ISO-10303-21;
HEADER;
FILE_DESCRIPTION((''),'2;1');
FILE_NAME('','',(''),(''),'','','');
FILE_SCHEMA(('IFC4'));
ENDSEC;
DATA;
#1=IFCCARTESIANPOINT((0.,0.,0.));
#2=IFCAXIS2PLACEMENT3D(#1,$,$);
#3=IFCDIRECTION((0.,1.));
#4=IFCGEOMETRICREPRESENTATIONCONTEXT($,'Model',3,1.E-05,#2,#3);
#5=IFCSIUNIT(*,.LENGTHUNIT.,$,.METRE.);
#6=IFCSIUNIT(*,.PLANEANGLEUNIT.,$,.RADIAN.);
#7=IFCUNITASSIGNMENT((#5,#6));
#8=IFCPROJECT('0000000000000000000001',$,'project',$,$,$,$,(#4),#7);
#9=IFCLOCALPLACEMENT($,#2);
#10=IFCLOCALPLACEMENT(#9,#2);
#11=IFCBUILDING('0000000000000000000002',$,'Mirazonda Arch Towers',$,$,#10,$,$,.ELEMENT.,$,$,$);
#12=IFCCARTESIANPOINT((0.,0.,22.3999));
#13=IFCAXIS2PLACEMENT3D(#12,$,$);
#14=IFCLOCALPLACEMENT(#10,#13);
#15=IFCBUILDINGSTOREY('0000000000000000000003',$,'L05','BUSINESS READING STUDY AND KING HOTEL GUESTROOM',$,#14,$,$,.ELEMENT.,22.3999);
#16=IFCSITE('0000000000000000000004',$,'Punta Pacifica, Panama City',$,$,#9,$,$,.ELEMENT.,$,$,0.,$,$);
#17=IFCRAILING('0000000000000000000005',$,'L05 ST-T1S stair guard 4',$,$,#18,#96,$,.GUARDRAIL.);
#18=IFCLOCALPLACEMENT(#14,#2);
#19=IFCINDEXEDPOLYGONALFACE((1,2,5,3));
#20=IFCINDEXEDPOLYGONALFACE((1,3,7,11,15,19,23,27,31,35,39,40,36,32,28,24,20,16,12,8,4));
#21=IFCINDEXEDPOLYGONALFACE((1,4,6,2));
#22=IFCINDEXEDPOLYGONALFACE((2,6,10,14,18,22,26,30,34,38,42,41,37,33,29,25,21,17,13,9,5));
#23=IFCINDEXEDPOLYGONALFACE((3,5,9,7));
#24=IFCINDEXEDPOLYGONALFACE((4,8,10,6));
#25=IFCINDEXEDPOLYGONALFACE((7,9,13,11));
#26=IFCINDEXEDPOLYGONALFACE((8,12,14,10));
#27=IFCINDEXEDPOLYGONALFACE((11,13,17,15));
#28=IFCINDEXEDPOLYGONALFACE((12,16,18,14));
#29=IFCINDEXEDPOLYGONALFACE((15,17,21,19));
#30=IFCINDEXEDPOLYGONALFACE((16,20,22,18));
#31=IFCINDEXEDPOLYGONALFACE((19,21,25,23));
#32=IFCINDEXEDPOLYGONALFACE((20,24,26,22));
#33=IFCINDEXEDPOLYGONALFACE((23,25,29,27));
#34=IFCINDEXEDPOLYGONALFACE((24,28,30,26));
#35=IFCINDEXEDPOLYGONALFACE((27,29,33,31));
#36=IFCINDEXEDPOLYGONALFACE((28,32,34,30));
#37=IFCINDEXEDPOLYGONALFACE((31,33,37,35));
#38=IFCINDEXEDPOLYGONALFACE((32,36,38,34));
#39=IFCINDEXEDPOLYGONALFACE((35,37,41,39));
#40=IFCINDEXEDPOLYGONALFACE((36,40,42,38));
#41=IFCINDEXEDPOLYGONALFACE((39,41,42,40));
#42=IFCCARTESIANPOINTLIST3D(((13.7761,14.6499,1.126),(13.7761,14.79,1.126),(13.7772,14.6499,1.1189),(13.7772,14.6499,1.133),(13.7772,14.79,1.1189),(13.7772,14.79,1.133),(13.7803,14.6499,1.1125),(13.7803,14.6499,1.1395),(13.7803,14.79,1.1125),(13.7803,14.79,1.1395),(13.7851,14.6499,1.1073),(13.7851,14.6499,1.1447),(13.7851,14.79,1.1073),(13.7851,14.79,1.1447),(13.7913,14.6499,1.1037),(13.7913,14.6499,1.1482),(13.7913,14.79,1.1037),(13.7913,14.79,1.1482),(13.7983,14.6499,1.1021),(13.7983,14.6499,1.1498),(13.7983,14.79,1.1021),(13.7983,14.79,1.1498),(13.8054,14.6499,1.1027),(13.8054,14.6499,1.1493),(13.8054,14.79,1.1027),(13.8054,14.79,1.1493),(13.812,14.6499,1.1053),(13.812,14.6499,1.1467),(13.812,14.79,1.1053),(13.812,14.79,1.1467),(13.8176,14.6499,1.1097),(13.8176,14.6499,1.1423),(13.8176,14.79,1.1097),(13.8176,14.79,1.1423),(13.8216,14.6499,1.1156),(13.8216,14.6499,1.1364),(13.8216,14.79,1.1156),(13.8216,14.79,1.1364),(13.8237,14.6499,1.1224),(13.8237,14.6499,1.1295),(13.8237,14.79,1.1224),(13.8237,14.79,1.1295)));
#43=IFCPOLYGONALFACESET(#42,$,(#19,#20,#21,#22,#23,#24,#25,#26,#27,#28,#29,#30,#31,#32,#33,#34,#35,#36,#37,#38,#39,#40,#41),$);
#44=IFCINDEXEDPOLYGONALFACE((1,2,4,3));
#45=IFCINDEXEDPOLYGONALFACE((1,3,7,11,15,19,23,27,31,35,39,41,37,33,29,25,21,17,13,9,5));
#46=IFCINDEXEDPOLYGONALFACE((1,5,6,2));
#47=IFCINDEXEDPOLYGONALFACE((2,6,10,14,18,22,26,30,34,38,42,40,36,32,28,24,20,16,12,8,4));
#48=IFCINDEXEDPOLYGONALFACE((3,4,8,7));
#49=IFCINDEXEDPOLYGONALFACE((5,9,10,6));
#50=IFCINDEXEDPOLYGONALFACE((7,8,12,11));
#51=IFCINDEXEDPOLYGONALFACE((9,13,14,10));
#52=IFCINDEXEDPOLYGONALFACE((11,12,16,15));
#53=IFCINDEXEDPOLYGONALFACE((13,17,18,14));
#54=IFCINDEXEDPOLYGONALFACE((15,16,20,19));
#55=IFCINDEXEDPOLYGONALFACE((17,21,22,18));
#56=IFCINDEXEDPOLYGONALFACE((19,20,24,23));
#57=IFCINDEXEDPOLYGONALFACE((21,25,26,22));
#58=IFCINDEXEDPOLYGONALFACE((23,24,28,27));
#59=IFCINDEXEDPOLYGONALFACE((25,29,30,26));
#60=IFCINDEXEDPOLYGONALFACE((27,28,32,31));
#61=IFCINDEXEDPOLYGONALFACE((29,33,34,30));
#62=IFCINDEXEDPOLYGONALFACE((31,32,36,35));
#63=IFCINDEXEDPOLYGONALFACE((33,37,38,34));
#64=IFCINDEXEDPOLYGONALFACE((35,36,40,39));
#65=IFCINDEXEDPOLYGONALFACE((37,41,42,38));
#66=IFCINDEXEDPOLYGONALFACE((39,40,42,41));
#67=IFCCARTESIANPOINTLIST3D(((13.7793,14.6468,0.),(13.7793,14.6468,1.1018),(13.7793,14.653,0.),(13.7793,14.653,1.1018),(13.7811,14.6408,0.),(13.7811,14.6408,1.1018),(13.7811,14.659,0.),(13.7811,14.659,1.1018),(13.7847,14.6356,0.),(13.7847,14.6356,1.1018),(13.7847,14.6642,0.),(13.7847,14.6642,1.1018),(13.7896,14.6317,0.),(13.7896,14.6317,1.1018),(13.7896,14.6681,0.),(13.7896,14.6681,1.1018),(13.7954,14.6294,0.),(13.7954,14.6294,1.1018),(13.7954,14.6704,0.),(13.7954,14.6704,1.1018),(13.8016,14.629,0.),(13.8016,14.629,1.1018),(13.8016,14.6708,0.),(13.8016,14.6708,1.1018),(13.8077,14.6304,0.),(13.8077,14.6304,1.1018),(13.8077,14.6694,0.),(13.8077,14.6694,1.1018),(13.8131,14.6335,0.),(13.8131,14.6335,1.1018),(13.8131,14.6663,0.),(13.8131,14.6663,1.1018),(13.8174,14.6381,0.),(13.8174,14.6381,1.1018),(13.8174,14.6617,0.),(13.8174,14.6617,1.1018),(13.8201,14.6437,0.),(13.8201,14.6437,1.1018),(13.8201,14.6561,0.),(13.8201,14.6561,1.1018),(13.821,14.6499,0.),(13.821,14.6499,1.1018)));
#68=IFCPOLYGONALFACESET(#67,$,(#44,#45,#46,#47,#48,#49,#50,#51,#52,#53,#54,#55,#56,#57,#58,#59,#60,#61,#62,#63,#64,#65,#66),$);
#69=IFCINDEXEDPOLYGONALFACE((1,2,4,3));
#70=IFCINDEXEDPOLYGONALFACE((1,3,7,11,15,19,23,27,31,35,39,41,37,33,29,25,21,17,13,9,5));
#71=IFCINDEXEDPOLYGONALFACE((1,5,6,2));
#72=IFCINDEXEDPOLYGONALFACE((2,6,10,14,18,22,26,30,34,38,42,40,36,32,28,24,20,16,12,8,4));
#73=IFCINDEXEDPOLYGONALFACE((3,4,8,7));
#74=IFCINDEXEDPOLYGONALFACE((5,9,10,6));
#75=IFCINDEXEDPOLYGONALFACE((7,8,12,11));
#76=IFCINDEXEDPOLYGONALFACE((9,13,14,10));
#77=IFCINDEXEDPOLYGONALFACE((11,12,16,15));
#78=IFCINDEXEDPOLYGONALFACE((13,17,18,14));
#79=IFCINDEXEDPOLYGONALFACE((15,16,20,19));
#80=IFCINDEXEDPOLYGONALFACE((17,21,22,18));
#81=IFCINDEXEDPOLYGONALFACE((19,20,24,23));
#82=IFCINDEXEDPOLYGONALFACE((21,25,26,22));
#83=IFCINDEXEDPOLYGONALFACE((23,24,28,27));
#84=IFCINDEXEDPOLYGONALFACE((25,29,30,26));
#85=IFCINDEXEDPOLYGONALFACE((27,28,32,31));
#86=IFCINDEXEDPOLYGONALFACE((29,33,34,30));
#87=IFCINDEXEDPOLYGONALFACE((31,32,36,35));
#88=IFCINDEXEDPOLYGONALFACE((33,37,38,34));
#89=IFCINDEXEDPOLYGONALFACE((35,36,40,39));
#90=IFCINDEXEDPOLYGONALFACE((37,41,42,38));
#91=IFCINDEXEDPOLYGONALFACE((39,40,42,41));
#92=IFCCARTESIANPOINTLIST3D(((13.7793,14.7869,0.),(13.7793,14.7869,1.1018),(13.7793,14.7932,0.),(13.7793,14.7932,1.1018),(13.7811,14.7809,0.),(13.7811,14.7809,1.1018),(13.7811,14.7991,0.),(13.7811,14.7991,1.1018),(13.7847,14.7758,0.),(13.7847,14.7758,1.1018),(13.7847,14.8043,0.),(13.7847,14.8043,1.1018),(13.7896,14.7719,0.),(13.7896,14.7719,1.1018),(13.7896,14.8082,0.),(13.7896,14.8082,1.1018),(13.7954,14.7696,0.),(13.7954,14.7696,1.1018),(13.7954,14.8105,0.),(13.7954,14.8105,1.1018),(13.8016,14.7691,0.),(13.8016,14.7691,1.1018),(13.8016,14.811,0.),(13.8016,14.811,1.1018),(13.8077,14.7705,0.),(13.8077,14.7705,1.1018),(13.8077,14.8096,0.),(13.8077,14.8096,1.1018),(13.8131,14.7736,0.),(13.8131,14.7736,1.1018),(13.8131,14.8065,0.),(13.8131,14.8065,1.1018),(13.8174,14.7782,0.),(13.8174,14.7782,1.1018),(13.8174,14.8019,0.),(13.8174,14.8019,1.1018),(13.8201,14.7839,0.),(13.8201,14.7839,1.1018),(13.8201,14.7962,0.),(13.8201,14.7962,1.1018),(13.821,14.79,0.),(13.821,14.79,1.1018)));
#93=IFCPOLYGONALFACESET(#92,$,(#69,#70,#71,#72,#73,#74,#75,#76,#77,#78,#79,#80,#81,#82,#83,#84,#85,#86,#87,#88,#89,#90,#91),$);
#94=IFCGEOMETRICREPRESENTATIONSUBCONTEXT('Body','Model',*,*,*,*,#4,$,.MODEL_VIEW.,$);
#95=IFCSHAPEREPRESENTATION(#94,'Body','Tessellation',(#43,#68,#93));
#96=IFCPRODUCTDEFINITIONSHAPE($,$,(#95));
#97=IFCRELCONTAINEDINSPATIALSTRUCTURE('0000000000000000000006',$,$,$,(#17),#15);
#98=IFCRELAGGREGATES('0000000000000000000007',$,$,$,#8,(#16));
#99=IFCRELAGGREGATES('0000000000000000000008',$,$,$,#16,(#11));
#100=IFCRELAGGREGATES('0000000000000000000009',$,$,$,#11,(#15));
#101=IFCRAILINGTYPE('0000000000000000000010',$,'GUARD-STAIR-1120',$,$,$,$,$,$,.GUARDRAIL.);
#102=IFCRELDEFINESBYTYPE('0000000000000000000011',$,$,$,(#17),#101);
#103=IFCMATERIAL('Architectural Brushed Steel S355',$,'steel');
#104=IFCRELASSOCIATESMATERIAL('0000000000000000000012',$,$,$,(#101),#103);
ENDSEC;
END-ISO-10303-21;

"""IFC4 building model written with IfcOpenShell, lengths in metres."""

from ifc_helpers import new_model, si_unit, direction, frame, origin, origin_2d, place, context, subcontext, project, spatial, circle, extrude, material, type_object, element, save


model = new_model("IFC4")

# Units and contexts
model_context = context("Model", 3, precision=1e-05, world=origin(), true_north=direction((0.0, 1.0)))
body_context = subcontext(model_context, "Body", "Model", "MODEL_VIEW")
ifc_project = project(units=[si_unit("LENGTHUNIT", "METRE"), si_unit("PLANEANGLEUNIT", "RADIAN")], contexts=[model_context])

# Site, building, storey
site_placement = place(None, origin())
site = spatial("IfcSite", under=ifc_project, at=site_placement, Name="Punta Pacifica, Panama City", CompositionType="ELEMENT", RefElevation=0.0)
building_placement = place(site_placement, origin())
building = spatial("IfcBuilding", under=site, at=building_placement, Name="Mirazonda Arch Towers", CompositionType="ELEMENT")
storey_placement = place(building_placement, frame((0.0, 0.0, 22.3999)))
storey = spatial("IfcBuildingStorey", under=building, at=storey_placement, Name="L05", Description="BUSINESS READING STUDY AND KING HOTEL GUESTROOM", CompositionType="ELEMENT", Elevation=22.3999)

# Shared definitions
ifc_material_1 = material(Name="Architectural Brushed Steel S355", Category="steel")

# Railing
railing_type_1 = type_object("IfcRailingType", Name="GUARD-STAIR-1120", PredefinedType="GUARDRAIL", material=ifc_material_1)
railing_1_placement = place(storey_placement, frame((13.8, 14.6499, 0.0)))
element("IfcRailing", 1, at=railing_1_placement, inside=storey, type_object=railing_type_1, Name="L05 ST-T1S stair guard 4", PredefinedType="GUARDRAIL", context=body_context, shape_type="SweptSolid", body=[
    extrude(circle(Radius=0.0239, at=origin_2d()), frame((0.0, 0.0, 1.126), z_axis=(0.0, 1.0, 0.0), x_axis=(-1.0, 0.0, 0.0)), (0.0, 0.0, 1.0), 0.1401),
    extrude(circle(Radius=0.021, at=origin_2d()), origin(), (0.0, 0.0, 1.0), 1.1018),
    extrude(circle(Radius=0.021, at=origin_2d()), frame((0.0, 0.1401, 0.0)), (0.0, 0.0, 1.0), 1.1018),
])

save(model, "model.ifc")
